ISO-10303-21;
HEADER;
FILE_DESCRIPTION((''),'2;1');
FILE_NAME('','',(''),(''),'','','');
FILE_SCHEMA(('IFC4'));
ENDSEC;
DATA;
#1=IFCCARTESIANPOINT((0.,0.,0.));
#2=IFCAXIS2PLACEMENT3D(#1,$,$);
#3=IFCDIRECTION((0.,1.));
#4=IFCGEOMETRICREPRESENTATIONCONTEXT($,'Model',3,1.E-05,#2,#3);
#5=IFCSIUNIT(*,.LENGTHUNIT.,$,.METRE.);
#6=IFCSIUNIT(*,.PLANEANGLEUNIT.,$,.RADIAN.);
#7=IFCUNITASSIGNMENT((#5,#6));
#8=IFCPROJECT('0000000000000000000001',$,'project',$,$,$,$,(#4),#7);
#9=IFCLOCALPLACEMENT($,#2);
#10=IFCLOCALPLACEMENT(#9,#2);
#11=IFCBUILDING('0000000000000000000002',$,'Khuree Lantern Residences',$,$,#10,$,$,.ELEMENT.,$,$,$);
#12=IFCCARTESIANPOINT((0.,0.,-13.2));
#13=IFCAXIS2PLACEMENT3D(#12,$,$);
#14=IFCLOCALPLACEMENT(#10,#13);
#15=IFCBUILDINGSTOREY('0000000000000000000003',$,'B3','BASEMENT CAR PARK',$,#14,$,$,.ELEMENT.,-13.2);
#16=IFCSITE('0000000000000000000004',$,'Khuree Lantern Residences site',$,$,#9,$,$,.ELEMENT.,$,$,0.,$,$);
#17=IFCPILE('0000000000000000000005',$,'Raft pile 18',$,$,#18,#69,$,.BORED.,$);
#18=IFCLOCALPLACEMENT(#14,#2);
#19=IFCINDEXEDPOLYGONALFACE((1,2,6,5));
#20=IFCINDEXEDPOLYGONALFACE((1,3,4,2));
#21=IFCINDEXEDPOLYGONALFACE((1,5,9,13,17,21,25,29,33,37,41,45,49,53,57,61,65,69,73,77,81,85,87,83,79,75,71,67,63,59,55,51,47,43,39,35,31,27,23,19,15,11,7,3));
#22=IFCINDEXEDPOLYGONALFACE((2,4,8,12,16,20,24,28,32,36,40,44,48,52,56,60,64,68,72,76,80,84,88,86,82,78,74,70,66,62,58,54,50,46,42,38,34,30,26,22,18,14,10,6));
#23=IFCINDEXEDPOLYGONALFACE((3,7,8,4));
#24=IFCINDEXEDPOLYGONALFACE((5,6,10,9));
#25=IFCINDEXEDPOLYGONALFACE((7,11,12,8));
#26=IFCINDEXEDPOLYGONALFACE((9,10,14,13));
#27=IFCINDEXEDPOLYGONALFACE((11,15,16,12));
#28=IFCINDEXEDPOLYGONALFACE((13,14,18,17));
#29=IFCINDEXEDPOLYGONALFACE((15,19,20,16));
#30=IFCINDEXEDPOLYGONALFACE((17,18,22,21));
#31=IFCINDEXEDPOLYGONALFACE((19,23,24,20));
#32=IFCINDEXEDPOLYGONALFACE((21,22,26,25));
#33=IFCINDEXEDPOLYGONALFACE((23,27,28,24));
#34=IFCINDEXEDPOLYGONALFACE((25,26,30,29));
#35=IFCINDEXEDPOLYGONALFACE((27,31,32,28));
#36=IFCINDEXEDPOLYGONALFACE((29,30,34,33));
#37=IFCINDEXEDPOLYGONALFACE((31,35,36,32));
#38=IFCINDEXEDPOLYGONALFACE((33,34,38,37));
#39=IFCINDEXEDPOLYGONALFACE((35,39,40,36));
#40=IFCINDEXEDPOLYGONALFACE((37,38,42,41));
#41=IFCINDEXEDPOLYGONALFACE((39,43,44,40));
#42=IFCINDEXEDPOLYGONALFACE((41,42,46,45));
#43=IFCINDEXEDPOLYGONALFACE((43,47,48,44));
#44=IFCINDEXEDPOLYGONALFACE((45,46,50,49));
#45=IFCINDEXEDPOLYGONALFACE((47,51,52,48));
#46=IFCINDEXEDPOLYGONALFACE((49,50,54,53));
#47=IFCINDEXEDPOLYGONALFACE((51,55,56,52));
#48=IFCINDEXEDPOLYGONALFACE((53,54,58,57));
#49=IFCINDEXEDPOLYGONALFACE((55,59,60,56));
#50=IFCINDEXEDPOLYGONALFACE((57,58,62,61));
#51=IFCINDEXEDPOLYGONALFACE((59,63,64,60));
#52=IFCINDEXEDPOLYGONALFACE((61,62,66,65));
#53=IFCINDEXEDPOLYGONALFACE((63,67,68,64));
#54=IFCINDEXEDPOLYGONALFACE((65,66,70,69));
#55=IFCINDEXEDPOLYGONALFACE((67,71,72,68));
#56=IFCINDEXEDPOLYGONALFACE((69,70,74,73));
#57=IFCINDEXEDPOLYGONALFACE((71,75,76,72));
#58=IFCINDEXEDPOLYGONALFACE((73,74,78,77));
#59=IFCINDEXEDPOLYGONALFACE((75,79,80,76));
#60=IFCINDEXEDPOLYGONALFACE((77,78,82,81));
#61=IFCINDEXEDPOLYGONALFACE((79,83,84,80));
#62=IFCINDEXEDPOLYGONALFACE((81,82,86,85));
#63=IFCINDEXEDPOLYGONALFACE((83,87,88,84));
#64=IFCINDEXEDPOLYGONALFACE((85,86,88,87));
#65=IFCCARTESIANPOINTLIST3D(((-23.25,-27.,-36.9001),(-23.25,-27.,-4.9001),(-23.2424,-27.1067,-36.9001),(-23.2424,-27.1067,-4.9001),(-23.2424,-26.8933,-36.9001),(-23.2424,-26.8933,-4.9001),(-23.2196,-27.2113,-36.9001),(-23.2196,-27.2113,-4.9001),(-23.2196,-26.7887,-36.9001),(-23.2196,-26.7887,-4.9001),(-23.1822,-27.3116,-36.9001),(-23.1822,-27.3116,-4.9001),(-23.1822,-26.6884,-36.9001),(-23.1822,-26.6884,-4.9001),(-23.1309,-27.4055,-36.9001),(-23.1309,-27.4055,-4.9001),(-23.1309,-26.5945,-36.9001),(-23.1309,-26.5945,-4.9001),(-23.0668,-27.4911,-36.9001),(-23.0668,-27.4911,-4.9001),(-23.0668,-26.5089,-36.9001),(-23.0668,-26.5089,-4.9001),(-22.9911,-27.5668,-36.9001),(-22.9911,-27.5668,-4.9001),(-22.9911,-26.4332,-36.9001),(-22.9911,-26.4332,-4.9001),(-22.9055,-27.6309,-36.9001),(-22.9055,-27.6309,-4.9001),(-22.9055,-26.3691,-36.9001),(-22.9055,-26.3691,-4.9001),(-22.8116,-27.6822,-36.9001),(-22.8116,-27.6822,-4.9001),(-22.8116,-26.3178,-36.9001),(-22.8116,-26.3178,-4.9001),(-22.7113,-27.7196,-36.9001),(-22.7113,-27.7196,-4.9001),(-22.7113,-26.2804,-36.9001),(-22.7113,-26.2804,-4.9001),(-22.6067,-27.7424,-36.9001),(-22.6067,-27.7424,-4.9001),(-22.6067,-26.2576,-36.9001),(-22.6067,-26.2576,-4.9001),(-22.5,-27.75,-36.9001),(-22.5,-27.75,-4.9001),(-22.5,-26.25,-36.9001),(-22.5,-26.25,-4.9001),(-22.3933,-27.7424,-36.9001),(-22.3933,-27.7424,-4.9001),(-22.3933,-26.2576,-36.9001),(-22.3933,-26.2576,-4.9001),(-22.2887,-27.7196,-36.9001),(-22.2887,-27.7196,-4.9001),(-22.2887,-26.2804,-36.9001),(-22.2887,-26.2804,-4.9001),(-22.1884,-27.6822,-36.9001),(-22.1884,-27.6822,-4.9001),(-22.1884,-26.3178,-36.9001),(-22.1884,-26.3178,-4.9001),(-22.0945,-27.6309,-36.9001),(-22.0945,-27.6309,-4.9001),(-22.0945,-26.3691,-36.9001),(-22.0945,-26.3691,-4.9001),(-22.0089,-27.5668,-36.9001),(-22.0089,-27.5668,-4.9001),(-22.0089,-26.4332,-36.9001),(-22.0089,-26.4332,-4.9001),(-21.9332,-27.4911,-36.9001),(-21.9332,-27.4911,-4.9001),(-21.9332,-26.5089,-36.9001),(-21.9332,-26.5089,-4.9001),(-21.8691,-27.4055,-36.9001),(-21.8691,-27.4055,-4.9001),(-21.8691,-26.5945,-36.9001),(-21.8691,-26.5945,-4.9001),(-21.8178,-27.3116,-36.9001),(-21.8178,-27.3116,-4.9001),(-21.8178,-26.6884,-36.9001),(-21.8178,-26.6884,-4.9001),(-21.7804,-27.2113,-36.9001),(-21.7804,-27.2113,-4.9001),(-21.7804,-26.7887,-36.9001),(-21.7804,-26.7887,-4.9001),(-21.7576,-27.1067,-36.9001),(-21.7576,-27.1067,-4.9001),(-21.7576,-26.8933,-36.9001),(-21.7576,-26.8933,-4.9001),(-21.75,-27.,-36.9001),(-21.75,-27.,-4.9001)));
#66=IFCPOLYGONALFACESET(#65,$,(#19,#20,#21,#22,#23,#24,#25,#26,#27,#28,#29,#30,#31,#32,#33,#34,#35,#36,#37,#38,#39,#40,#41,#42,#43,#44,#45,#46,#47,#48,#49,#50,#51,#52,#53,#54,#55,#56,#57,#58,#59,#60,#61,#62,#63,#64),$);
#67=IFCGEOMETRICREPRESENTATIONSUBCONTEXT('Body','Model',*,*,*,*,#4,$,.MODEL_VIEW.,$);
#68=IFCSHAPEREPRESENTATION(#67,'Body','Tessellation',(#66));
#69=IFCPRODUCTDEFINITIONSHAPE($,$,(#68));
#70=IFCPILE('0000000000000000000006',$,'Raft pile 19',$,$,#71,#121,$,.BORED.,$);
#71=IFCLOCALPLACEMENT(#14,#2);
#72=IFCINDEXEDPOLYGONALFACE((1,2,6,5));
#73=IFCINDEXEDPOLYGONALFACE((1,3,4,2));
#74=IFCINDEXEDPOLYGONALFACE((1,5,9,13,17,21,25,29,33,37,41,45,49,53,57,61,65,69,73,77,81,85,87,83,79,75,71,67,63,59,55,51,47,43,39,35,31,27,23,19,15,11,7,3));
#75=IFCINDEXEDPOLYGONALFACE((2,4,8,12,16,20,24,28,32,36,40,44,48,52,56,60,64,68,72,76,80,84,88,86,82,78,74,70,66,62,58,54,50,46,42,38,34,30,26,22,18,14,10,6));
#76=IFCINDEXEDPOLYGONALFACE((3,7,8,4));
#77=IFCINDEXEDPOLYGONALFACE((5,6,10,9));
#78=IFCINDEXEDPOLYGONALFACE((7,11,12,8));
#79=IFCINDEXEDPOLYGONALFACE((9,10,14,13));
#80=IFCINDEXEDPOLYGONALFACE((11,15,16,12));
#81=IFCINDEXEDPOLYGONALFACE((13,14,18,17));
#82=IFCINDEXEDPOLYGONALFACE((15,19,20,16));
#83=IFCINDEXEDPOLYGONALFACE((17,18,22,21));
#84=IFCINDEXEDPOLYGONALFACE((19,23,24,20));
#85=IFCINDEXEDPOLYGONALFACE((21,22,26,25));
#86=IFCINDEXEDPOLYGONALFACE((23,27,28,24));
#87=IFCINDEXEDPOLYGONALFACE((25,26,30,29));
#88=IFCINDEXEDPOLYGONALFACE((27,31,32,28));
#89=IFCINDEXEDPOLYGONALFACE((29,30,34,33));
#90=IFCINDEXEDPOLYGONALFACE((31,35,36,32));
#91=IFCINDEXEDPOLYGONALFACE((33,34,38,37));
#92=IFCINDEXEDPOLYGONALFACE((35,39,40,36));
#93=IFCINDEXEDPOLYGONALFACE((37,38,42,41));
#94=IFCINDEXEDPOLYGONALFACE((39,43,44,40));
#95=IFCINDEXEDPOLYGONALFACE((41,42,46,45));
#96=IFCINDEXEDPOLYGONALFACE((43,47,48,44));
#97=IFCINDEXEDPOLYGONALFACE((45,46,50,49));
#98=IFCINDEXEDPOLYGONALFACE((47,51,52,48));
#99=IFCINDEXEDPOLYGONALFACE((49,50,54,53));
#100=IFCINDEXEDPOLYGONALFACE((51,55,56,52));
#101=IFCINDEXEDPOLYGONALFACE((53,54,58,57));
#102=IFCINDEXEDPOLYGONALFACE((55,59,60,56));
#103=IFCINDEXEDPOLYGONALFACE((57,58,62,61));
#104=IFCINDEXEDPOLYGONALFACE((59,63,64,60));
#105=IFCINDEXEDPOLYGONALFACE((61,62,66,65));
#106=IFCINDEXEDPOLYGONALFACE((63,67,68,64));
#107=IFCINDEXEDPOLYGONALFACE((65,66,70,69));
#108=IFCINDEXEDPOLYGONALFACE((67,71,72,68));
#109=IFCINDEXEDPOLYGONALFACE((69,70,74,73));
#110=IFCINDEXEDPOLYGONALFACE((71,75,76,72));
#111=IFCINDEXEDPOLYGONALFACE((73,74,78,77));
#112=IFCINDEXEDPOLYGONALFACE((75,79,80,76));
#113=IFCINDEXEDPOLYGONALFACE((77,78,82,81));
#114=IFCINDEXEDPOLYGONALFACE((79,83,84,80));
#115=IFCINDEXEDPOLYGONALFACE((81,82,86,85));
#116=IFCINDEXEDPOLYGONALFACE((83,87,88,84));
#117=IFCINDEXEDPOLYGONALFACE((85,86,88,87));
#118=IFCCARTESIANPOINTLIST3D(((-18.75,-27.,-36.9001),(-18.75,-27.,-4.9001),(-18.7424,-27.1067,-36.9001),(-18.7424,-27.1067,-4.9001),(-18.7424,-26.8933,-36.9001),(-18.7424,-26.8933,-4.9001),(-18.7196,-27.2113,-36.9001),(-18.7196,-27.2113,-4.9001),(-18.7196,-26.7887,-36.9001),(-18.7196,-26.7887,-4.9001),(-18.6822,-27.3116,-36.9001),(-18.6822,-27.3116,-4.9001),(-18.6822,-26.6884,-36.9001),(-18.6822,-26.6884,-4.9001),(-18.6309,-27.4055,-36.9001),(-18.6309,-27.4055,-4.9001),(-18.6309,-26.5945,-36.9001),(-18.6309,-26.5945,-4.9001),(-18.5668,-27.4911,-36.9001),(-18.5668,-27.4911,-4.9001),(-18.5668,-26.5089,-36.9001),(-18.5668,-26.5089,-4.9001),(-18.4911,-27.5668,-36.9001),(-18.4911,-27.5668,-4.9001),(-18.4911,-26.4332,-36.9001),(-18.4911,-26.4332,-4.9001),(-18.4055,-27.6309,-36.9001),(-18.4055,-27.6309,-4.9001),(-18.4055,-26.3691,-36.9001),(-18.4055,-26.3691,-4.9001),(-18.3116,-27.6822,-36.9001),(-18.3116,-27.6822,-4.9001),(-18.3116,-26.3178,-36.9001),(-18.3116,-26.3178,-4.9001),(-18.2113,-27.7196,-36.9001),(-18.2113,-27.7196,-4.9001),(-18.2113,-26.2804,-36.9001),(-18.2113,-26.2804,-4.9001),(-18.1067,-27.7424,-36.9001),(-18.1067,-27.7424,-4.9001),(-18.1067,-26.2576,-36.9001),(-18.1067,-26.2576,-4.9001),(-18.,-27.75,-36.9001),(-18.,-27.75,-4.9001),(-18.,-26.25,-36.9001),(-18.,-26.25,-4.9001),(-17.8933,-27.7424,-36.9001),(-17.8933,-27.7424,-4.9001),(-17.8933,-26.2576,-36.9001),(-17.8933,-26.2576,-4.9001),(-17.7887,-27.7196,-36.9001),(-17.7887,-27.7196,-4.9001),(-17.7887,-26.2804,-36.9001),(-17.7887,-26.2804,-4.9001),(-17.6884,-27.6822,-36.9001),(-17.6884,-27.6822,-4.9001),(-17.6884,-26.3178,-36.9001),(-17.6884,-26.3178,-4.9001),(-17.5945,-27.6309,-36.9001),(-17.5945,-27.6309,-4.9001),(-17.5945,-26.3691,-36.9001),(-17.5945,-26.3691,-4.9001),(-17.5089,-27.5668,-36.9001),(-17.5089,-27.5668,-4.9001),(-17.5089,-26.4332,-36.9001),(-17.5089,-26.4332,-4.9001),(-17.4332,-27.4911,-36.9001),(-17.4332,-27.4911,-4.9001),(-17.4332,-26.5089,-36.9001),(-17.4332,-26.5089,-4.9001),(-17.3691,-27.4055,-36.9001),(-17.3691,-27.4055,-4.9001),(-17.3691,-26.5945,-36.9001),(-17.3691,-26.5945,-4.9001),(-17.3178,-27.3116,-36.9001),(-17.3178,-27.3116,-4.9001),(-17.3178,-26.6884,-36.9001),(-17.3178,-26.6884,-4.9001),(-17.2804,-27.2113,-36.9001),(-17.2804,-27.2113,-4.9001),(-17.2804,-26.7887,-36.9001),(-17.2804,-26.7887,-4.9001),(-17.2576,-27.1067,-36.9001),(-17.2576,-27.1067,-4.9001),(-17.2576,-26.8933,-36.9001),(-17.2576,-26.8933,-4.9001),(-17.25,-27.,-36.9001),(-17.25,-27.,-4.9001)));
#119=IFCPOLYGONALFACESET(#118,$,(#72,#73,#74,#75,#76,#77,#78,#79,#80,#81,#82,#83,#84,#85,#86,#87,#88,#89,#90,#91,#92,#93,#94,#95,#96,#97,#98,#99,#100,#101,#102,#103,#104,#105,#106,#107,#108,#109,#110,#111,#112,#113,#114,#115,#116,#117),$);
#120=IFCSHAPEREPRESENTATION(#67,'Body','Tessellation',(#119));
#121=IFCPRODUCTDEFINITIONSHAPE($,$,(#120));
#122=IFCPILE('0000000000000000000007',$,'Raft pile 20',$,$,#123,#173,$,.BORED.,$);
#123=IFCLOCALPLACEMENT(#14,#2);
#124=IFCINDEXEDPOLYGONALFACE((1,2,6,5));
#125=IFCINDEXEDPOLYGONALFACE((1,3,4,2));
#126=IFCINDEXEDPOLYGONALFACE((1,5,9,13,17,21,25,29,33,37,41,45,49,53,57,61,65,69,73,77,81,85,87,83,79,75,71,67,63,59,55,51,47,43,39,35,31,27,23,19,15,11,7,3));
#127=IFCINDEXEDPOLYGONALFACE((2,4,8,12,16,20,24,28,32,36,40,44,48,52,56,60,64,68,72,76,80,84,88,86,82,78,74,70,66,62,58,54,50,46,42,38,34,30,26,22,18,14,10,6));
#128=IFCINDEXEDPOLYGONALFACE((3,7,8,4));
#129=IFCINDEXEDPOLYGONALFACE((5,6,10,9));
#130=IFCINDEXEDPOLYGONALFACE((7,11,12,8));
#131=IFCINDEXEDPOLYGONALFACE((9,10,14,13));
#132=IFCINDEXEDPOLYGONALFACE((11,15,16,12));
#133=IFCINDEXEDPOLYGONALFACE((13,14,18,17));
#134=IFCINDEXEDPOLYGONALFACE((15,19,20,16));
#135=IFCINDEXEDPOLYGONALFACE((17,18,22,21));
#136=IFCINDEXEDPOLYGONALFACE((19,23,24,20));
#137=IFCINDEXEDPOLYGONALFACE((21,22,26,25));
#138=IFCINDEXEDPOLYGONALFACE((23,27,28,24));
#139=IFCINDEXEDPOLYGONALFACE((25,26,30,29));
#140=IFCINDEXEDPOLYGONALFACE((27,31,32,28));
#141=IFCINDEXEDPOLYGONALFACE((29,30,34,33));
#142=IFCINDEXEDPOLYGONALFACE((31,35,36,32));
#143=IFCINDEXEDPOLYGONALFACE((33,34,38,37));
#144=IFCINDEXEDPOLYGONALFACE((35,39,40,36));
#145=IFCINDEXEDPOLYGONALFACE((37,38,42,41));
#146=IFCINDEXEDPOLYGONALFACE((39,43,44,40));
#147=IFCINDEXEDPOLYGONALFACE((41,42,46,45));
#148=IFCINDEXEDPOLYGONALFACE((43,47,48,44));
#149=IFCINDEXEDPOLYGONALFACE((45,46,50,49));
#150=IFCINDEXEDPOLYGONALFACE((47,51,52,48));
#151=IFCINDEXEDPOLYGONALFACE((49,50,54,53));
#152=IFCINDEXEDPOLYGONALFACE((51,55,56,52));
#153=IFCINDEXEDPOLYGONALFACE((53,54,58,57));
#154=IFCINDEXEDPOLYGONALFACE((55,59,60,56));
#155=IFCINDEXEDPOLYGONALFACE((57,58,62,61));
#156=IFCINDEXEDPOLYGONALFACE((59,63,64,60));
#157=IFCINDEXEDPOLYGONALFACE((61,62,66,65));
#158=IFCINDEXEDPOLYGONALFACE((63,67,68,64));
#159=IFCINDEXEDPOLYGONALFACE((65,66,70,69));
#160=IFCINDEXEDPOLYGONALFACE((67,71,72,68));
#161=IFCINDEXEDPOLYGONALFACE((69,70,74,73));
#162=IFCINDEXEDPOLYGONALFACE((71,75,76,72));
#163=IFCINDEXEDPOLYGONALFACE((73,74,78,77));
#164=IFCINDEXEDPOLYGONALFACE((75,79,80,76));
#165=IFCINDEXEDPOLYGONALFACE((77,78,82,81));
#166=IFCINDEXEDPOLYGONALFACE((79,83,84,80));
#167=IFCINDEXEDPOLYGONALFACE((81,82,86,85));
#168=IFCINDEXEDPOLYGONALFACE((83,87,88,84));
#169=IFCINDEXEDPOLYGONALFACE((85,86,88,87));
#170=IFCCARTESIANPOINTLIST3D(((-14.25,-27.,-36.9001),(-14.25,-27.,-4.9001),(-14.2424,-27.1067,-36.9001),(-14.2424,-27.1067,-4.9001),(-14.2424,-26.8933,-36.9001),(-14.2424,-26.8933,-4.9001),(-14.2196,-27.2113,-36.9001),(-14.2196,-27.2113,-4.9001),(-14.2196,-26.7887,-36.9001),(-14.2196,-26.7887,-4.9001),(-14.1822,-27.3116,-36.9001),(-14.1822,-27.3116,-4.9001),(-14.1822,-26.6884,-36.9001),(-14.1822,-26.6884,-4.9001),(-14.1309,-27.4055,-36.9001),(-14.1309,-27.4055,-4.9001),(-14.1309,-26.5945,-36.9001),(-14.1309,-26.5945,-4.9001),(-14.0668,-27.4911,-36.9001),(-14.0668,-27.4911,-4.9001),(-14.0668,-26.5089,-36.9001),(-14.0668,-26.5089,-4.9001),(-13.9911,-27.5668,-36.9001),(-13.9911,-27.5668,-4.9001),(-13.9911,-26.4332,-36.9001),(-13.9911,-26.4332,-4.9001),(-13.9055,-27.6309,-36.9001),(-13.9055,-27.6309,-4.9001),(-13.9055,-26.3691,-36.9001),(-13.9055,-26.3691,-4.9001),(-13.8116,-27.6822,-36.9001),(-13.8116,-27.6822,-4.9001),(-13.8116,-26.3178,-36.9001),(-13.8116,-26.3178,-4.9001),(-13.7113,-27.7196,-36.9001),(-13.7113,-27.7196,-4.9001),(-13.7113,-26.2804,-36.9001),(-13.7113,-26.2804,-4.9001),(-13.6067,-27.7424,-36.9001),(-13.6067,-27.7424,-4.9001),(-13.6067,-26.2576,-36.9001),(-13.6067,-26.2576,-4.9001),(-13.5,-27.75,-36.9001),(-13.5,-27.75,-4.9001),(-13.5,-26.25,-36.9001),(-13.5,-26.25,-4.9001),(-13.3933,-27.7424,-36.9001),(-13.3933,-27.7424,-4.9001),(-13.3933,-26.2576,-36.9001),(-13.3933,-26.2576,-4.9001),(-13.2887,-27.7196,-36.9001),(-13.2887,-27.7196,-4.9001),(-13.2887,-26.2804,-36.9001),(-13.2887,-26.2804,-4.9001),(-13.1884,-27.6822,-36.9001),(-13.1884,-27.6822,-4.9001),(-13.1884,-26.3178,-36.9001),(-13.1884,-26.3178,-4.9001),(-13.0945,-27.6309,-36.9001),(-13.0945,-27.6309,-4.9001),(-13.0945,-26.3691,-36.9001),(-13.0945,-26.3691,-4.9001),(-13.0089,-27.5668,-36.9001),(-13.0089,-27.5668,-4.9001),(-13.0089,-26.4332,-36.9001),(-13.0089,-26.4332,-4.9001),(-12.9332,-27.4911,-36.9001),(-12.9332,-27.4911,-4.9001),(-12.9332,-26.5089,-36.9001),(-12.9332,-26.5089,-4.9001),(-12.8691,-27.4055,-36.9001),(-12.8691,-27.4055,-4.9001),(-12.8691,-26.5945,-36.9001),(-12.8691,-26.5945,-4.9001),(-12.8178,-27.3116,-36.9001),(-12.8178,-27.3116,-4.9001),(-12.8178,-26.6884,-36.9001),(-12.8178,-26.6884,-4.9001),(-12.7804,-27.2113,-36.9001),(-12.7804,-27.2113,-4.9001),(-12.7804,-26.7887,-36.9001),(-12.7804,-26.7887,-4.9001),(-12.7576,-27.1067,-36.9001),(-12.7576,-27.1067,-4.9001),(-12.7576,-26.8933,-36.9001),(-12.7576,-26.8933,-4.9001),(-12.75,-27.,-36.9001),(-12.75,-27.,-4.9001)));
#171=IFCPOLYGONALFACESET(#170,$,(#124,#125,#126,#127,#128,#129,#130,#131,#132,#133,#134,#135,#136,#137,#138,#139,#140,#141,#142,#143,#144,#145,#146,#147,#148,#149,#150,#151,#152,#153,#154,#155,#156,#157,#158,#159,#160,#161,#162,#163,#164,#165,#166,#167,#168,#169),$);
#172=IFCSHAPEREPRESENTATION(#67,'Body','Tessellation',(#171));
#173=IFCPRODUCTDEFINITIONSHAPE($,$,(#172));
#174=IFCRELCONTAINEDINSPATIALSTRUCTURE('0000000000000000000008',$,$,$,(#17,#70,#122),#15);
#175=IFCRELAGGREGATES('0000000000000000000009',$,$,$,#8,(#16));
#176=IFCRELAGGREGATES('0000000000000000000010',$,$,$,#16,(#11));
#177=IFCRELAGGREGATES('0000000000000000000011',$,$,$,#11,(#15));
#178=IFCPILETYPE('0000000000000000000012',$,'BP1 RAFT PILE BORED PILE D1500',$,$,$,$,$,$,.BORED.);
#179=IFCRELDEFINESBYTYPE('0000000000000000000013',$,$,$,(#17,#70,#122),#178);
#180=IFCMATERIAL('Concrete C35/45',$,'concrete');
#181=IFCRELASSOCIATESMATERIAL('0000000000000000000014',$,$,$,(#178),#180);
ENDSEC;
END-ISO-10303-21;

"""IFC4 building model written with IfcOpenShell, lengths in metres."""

from ifc_helpers import new_model, si_unit, direction, frame, origin, origin_2d, place, context, subcontext, project, spatial, circle, extrude, material, material_profile, profile_set, type_object, element, save


model = new_model("IFC4")

# Units and contexts
model_context = context("Model", 3, precision=1e-05, world=origin(), true_north=direction((0.0, 1.0)))
body_context = subcontext(model_context, "Body", "Model", "MODEL_VIEW")
ifc_project = project(units=[si_unit("LENGTHUNIT", "METRE"), si_unit("PLANEANGLEUNIT", "RADIAN")], contexts=[model_context])

# Site, building, storey
site_placement = place(None, origin())
site = spatial("IfcSite", under=ifc_project, at=site_placement, Name="Khuree Lantern Residences site", CompositionType="ELEMENT", RefElevation=0.0)
building_placement = place(site_placement, origin())
building = spatial("IfcBuilding", under=site, at=building_placement, Name="Khuree Lantern Residences", CompositionType="ELEMENT")
storey_placement = place(building_placement, frame((0.0, 0.0, -13.2)))
storey = spatial("IfcBuildingStorey", under=building, at=storey_placement, Name="B3", Description="BASEMENT CAR PARK", CompositionType="ELEMENT", Elevation=-13.2)

# Piles
ifc_material_1 = material(Name="Concrete C35/45", Category="concrete")
ifc_material_profile_1 = material_profile(ifc_material_1, circle(Radius=0.75, at=origin_2d()), Name="BORED PILE D1500")
ifc_profile_set_1 = profile_set([ifc_material_profile_1], Name="Concrete C35/45")
pile_type = type_object("IfcPileType", Name="BP1 RAFT PILE BORED PILE D1500", PredefinedType="BORED", material=ifc_profile_set_1)
for number, where, z_axis, x_axis, name in (
    (1, (-22.5, -27.0, -4.9001), (0.0, 0.0, -1.0), (1.0, 0.0, 0.0), "Raft pile 18"),
    (2, (-18.0, -27.0, -4.9001), (0.0, 0.0, -1.0), (1.0, 0.0, 0.0), "Raft pile 19"),
    (3, (-13.5, -27.0, -4.9001), (0.0, 0.0, -1.0), (1.0, 0.0, 0.0), "Raft pile 20"),
):
    element("IfcPile", number, at=place(storey_placement, frame(where, z_axis=z_axis, x_axis=x_axis)), inside=storey, type_object=pile_type, Name=name, PredefinedType="BORED", context=body_context, shape_type="SweptSolid", body=[
        extrude(circle(Radius=0.75, at=origin_2d()), origin(), (0.0, 0.0, 1.0), 32.0),
    ])

save(model, "model.ifc")
